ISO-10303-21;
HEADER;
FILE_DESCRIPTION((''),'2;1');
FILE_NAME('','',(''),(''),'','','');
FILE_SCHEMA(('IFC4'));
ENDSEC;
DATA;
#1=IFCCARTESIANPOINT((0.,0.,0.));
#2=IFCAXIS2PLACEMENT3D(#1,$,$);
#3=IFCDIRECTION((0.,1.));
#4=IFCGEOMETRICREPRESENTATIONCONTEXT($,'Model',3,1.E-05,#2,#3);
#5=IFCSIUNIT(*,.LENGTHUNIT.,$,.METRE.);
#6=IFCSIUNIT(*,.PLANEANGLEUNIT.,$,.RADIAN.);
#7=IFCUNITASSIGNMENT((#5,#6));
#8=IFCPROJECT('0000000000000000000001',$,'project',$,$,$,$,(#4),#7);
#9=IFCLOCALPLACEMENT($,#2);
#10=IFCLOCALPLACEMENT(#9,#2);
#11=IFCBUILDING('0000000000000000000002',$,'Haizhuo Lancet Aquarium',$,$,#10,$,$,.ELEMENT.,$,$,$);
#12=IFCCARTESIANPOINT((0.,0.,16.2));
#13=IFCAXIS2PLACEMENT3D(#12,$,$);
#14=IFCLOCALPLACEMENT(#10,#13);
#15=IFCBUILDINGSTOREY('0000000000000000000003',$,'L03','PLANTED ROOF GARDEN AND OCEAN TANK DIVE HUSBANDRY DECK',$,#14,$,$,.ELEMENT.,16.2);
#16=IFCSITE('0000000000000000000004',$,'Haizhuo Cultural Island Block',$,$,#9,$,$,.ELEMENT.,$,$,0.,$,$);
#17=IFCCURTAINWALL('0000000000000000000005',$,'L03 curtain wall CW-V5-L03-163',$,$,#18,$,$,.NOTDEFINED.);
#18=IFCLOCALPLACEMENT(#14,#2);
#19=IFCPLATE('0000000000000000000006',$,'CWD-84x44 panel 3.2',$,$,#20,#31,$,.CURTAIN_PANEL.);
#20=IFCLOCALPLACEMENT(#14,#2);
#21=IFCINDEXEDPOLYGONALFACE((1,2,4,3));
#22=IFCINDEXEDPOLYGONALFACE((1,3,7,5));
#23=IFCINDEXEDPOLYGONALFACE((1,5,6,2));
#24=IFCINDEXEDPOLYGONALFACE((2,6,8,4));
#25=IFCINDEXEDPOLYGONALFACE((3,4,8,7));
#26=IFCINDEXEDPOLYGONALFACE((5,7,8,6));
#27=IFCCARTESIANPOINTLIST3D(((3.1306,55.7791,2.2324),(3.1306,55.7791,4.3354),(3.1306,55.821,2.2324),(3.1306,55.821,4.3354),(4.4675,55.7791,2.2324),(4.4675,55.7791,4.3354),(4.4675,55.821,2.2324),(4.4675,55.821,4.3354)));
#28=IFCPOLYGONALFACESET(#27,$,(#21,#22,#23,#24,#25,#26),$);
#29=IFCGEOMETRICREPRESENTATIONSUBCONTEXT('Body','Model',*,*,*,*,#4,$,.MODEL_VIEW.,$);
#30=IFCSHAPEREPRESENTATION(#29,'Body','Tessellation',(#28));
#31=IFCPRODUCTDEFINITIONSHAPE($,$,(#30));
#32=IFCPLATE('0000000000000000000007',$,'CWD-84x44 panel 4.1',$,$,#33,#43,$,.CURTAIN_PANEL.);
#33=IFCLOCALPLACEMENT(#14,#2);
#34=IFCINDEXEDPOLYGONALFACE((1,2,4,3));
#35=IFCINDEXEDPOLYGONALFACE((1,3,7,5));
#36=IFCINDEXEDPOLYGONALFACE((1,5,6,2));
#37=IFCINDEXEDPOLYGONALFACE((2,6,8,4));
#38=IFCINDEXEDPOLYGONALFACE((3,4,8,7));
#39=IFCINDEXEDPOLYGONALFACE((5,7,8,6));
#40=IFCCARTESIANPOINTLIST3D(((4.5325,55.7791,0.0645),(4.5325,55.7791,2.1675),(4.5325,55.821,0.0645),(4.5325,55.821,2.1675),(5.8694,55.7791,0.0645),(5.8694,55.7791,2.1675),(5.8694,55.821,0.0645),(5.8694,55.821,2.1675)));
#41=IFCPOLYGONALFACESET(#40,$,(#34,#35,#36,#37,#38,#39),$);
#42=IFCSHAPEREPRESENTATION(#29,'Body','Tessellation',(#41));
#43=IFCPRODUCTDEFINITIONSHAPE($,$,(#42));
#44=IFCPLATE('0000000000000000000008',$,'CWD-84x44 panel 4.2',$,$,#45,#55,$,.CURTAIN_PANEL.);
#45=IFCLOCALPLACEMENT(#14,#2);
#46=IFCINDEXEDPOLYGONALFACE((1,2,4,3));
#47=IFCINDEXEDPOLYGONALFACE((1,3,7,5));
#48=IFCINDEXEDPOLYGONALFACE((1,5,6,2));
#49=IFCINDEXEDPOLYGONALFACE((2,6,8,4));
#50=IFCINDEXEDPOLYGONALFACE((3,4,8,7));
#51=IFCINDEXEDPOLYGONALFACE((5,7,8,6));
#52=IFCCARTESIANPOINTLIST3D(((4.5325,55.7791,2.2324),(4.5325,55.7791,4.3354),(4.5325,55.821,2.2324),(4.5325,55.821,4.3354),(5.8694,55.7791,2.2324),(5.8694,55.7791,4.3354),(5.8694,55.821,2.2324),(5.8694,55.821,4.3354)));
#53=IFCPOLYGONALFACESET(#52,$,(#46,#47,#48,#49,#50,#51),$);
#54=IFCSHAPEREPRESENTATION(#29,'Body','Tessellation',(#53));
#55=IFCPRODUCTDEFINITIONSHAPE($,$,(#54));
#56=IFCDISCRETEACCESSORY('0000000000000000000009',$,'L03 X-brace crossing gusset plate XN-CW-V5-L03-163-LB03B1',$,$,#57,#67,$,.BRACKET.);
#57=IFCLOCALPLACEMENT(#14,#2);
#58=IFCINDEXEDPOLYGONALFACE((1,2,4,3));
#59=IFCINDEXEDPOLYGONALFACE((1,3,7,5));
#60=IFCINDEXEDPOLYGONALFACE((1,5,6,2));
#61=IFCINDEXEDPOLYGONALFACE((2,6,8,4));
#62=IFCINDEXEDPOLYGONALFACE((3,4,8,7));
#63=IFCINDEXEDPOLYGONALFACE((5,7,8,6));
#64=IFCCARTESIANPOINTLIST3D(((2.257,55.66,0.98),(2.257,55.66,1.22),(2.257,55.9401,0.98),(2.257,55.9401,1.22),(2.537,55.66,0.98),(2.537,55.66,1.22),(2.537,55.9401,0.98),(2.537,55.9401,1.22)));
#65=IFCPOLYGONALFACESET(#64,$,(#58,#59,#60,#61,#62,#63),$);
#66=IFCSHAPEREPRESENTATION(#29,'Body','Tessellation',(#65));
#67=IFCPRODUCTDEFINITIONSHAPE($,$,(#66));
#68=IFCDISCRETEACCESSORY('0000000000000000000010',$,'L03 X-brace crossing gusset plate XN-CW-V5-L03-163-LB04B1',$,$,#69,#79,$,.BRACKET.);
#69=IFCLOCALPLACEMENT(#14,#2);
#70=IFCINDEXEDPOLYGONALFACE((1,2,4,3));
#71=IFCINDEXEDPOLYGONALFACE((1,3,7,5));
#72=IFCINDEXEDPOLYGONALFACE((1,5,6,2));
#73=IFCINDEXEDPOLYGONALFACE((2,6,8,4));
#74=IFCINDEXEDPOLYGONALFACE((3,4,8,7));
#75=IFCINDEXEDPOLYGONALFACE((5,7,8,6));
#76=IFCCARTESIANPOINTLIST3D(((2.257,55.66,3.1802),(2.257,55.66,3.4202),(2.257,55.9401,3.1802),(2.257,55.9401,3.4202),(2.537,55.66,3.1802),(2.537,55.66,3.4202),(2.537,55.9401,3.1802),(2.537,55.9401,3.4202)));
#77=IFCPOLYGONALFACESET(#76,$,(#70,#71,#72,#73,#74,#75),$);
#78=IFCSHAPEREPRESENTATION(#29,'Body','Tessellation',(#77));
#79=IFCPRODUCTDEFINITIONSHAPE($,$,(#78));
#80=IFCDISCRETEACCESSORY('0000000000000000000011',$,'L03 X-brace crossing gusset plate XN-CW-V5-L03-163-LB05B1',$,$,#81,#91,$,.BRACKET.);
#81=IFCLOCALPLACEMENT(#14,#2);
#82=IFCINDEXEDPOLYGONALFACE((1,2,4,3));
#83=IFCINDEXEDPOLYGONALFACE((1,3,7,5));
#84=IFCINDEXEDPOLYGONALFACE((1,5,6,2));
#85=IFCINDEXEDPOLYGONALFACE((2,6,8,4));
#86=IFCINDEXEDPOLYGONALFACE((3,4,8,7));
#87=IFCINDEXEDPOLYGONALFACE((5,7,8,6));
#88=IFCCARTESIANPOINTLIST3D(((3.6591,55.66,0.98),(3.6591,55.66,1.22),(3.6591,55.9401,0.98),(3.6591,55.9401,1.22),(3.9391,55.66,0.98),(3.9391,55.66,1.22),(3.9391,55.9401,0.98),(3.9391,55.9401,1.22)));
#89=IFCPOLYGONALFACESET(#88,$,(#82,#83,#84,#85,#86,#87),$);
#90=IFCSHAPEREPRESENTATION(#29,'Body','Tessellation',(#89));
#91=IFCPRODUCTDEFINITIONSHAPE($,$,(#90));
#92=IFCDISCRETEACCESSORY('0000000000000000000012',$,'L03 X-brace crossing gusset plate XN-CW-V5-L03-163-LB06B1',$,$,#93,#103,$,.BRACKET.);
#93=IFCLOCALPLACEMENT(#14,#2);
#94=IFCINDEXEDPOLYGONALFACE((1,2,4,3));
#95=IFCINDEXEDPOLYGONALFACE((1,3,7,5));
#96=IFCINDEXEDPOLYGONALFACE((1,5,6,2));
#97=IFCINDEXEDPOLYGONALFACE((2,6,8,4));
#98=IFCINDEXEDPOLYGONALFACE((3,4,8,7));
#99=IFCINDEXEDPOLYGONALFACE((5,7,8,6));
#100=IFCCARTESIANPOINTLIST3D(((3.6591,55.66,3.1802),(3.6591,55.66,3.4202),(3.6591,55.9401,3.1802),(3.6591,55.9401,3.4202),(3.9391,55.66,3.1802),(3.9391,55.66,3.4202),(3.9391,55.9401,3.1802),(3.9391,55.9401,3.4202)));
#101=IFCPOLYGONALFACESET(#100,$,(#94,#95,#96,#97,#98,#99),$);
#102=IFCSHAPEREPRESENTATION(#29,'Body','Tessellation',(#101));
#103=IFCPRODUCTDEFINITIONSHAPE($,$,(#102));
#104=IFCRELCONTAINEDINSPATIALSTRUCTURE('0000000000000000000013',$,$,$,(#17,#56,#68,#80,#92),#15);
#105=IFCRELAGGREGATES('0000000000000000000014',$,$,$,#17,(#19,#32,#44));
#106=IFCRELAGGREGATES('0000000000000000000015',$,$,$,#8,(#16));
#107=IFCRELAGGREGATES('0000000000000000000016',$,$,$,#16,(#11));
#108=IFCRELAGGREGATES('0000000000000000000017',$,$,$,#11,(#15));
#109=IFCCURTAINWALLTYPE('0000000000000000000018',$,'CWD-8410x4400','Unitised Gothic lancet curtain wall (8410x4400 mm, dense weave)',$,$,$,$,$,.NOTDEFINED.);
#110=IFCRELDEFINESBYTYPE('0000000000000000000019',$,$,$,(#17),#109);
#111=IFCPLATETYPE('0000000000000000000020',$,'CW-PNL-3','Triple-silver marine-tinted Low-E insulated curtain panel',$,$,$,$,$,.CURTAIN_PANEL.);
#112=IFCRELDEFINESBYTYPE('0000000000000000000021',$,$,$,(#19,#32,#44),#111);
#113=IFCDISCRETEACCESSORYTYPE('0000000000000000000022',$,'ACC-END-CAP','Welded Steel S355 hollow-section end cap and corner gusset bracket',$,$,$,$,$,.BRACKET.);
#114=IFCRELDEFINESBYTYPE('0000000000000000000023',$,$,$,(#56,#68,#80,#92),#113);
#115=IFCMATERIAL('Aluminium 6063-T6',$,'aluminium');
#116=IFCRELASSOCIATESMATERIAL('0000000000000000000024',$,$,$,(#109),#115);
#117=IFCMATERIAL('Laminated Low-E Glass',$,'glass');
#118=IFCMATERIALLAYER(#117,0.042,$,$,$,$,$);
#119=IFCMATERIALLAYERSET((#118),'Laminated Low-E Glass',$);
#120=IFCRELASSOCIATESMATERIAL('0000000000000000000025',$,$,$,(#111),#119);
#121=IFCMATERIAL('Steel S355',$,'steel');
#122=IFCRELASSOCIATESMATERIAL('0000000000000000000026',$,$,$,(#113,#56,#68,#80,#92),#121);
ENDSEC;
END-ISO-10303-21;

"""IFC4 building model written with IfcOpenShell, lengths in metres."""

from ifc_helpers import new_model, si_unit, direction, frame, origin, origin_2d, place, context, subcontext, project, spatial, rectangle, extrude, material, layer, layer_set, type_object, element, aggregate, save


model = new_model("IFC4")

# Units and contexts
model_context = context("Model", 3, precision=1e-05, world=origin(), true_north=direction((0.0, 1.0)))
body_context = subcontext(model_context, "Body", "Model", "MODEL_VIEW")
ifc_project = project(units=[si_unit("LENGTHUNIT", "METRE"), si_unit("PLANEANGLEUNIT", "RADIAN")], contexts=[model_context])

# Site, building, storey
site_placement = place(None, origin())
site = spatial("IfcSite", under=ifc_project, at=site_placement, Name="Haizhuo Cultural Island Block", CompositionType="ELEMENT", RefElevation=0.0)
building_placement = place(site_placement, origin())
building = spatial("IfcBuilding", under=site, at=building_placement, Name="Haizhuo Lancet Aquarium", CompositionType="ELEMENT")
storey_placement = place(building_placement, frame((0.0, 0.0, 16.2)))
storey = spatial("IfcBuildingStorey", under=building, at=storey_placement, Name="L03", Description="PLANTED ROOF GARDEN AND OCEAN TANK DIVE HUSBANDRY DECK", CompositionType="ELEMENT", Elevation=16.2)

# Curtain wall
ifc_material_1 = material(Name="Aluminium 6063-T6", Category="aluminium")
curtain_wall_type = type_object("IfcCurtainWallType", Name="CWD-8410x4400", Description="Unitised Gothic lancet curtain wall (8410x4400 mm, dense weave)", PredefinedType="NOTDEFINED", material=ifc_material_1)
curtain_wall_placement = place(storey_placement, origin())
curtain_wall = element("IfcCurtainWall", 1, at=curtain_wall_placement, inside=storey, type_object=curtain_wall_type, Name="L03 curtain wall CW-V5-L03-163", PredefinedType="NOTDEFINED")

# Shared definitions
ifc_material_2 = material(Name="Steel S355", Category="steel")

# Plates
ifc_material_3 = material(Name="Laminated Low-E Glass", Category="glass")
ifc_layer = layer(ifc_material_3, 0.042)
ifc_layer_set = layer_set([ifc_layer], Name="Laminated Low-E Glass")
plate_type = type_object("IfcPlateType", Name="CW-PNL-3", Description="Triple-silver marine-tinted Low-E insulated curtain panel", PredefinedType="CURTAIN_PANEL", material=ifc_layer_set)
plate_1_placement = place(storey_placement, frame((3.7991, 55.8, 2.2324), z_axis=(0.0, 0.0, 1.0), x_axis=(1.0, 0.0, 0.0)))
plate_1 = element("IfcPlate", 2, at=plate_1_placement, type_object=plate_type, Name="CWD-84x44 panel 3.2", PredefinedType="CURTAIN_PANEL", context=body_context, shape_type="SweptSolid", body=[
    extrude(rectangle(XDim=1.3369, YDim=0.042, at=origin_2d()), origin(), (0.0, 0.0, 1.0), 2.103),
])
plate_2_placement = place(storey_placement, frame((5.2009, 55.8, 0.0645), z_axis=(0.0, 0.0, 1.0), x_axis=(1.0, 0.0, 0.0)))
plate_2 = element("IfcPlate", 3, at=plate_2_placement, type_object=plate_type, Name="CWD-84x44 panel 4.1", PredefinedType="CURTAIN_PANEL", context=body_context, shape_type="SweptSolid", body=[
    extrude(rectangle(XDim=1.3369, YDim=0.042, at=origin_2d()), origin(), (0.0, 0.0, 1.0), 2.103),
])
plate_3_placement = place(storey_placement, frame((5.2009, 55.8, 2.2324), z_axis=(0.0, 0.0, 1.0), x_axis=(1.0, 0.0, 0.0)))
plate_3 = element("IfcPlate", 4, at=plate_3_placement, type_object=plate_type, Name="CWD-84x44 panel 4.2", PredefinedType="CURTAIN_PANEL", context=body_context, shape_type="SweptSolid", body=[
    extrude(rectangle(XDim=1.3369, YDim=0.042, at=origin_2d()), origin(), (0.0, 0.0, 1.0), 2.103),
])
aggregate(curtain_wall, [plate_1, plate_2, plate_3])

# Discrete accessories
discrete_accessory_type = type_object("IfcDiscreteAccessoryType", Name="ACC-END-CAP", Description="Welded Steel S355 hollow-section end cap and corner gusset bracket", PredefinedType="BRACKET", material=ifc_material_2)
for number, where, z_axis, x_axis, name in (
    (5, (2.397, 55.8, 0.98), (0.0, 0.0, 1.0), (1.0, 0.0, 0.0), "L03 X-brace crossing gusset plate XN-CW-V5-L03-163-LB03B1"),
    (6, (2.397, 55.8, 3.1802), (0.0, 0.0, 1.0), (1.0, 0.0, 0.0), "L03 X-brace crossing gusset plate XN-CW-V5-L03-163-LB04B1"),
    (7, (3.7991, 55.8, 0.98), (0.0, 0.0, 1.0), (1.0, 0.0, 0.0), "L03 X-brace crossing gusset plate XN-CW-V5-L03-163-LB05B1"),
    (8, (3.7991, 55.8, 3.1802), (0.0, 0.0, 1.0), (1.0, 0.0, 0.0), "L03 X-brace crossing gusset plate XN-CW-V5-L03-163-LB06B1"),
):
    element("IfcDiscreteAccessory", number, at=place(storey_placement, frame(where, z_axis=z_axis, x_axis=x_axis)), inside=storey, type_object=discrete_accessory_type, material=ifc_material_2, Name=name, PredefinedType="BRACKET", context=body_context, shape_type="SweptSolid", body=[
        extrude(rectangle(XDim=0.28, YDim=0.28, at=origin_2d()), origin(), (0.0, 0.0, 1.0), 0.24),
    ])

save(model, "model.ifc")
